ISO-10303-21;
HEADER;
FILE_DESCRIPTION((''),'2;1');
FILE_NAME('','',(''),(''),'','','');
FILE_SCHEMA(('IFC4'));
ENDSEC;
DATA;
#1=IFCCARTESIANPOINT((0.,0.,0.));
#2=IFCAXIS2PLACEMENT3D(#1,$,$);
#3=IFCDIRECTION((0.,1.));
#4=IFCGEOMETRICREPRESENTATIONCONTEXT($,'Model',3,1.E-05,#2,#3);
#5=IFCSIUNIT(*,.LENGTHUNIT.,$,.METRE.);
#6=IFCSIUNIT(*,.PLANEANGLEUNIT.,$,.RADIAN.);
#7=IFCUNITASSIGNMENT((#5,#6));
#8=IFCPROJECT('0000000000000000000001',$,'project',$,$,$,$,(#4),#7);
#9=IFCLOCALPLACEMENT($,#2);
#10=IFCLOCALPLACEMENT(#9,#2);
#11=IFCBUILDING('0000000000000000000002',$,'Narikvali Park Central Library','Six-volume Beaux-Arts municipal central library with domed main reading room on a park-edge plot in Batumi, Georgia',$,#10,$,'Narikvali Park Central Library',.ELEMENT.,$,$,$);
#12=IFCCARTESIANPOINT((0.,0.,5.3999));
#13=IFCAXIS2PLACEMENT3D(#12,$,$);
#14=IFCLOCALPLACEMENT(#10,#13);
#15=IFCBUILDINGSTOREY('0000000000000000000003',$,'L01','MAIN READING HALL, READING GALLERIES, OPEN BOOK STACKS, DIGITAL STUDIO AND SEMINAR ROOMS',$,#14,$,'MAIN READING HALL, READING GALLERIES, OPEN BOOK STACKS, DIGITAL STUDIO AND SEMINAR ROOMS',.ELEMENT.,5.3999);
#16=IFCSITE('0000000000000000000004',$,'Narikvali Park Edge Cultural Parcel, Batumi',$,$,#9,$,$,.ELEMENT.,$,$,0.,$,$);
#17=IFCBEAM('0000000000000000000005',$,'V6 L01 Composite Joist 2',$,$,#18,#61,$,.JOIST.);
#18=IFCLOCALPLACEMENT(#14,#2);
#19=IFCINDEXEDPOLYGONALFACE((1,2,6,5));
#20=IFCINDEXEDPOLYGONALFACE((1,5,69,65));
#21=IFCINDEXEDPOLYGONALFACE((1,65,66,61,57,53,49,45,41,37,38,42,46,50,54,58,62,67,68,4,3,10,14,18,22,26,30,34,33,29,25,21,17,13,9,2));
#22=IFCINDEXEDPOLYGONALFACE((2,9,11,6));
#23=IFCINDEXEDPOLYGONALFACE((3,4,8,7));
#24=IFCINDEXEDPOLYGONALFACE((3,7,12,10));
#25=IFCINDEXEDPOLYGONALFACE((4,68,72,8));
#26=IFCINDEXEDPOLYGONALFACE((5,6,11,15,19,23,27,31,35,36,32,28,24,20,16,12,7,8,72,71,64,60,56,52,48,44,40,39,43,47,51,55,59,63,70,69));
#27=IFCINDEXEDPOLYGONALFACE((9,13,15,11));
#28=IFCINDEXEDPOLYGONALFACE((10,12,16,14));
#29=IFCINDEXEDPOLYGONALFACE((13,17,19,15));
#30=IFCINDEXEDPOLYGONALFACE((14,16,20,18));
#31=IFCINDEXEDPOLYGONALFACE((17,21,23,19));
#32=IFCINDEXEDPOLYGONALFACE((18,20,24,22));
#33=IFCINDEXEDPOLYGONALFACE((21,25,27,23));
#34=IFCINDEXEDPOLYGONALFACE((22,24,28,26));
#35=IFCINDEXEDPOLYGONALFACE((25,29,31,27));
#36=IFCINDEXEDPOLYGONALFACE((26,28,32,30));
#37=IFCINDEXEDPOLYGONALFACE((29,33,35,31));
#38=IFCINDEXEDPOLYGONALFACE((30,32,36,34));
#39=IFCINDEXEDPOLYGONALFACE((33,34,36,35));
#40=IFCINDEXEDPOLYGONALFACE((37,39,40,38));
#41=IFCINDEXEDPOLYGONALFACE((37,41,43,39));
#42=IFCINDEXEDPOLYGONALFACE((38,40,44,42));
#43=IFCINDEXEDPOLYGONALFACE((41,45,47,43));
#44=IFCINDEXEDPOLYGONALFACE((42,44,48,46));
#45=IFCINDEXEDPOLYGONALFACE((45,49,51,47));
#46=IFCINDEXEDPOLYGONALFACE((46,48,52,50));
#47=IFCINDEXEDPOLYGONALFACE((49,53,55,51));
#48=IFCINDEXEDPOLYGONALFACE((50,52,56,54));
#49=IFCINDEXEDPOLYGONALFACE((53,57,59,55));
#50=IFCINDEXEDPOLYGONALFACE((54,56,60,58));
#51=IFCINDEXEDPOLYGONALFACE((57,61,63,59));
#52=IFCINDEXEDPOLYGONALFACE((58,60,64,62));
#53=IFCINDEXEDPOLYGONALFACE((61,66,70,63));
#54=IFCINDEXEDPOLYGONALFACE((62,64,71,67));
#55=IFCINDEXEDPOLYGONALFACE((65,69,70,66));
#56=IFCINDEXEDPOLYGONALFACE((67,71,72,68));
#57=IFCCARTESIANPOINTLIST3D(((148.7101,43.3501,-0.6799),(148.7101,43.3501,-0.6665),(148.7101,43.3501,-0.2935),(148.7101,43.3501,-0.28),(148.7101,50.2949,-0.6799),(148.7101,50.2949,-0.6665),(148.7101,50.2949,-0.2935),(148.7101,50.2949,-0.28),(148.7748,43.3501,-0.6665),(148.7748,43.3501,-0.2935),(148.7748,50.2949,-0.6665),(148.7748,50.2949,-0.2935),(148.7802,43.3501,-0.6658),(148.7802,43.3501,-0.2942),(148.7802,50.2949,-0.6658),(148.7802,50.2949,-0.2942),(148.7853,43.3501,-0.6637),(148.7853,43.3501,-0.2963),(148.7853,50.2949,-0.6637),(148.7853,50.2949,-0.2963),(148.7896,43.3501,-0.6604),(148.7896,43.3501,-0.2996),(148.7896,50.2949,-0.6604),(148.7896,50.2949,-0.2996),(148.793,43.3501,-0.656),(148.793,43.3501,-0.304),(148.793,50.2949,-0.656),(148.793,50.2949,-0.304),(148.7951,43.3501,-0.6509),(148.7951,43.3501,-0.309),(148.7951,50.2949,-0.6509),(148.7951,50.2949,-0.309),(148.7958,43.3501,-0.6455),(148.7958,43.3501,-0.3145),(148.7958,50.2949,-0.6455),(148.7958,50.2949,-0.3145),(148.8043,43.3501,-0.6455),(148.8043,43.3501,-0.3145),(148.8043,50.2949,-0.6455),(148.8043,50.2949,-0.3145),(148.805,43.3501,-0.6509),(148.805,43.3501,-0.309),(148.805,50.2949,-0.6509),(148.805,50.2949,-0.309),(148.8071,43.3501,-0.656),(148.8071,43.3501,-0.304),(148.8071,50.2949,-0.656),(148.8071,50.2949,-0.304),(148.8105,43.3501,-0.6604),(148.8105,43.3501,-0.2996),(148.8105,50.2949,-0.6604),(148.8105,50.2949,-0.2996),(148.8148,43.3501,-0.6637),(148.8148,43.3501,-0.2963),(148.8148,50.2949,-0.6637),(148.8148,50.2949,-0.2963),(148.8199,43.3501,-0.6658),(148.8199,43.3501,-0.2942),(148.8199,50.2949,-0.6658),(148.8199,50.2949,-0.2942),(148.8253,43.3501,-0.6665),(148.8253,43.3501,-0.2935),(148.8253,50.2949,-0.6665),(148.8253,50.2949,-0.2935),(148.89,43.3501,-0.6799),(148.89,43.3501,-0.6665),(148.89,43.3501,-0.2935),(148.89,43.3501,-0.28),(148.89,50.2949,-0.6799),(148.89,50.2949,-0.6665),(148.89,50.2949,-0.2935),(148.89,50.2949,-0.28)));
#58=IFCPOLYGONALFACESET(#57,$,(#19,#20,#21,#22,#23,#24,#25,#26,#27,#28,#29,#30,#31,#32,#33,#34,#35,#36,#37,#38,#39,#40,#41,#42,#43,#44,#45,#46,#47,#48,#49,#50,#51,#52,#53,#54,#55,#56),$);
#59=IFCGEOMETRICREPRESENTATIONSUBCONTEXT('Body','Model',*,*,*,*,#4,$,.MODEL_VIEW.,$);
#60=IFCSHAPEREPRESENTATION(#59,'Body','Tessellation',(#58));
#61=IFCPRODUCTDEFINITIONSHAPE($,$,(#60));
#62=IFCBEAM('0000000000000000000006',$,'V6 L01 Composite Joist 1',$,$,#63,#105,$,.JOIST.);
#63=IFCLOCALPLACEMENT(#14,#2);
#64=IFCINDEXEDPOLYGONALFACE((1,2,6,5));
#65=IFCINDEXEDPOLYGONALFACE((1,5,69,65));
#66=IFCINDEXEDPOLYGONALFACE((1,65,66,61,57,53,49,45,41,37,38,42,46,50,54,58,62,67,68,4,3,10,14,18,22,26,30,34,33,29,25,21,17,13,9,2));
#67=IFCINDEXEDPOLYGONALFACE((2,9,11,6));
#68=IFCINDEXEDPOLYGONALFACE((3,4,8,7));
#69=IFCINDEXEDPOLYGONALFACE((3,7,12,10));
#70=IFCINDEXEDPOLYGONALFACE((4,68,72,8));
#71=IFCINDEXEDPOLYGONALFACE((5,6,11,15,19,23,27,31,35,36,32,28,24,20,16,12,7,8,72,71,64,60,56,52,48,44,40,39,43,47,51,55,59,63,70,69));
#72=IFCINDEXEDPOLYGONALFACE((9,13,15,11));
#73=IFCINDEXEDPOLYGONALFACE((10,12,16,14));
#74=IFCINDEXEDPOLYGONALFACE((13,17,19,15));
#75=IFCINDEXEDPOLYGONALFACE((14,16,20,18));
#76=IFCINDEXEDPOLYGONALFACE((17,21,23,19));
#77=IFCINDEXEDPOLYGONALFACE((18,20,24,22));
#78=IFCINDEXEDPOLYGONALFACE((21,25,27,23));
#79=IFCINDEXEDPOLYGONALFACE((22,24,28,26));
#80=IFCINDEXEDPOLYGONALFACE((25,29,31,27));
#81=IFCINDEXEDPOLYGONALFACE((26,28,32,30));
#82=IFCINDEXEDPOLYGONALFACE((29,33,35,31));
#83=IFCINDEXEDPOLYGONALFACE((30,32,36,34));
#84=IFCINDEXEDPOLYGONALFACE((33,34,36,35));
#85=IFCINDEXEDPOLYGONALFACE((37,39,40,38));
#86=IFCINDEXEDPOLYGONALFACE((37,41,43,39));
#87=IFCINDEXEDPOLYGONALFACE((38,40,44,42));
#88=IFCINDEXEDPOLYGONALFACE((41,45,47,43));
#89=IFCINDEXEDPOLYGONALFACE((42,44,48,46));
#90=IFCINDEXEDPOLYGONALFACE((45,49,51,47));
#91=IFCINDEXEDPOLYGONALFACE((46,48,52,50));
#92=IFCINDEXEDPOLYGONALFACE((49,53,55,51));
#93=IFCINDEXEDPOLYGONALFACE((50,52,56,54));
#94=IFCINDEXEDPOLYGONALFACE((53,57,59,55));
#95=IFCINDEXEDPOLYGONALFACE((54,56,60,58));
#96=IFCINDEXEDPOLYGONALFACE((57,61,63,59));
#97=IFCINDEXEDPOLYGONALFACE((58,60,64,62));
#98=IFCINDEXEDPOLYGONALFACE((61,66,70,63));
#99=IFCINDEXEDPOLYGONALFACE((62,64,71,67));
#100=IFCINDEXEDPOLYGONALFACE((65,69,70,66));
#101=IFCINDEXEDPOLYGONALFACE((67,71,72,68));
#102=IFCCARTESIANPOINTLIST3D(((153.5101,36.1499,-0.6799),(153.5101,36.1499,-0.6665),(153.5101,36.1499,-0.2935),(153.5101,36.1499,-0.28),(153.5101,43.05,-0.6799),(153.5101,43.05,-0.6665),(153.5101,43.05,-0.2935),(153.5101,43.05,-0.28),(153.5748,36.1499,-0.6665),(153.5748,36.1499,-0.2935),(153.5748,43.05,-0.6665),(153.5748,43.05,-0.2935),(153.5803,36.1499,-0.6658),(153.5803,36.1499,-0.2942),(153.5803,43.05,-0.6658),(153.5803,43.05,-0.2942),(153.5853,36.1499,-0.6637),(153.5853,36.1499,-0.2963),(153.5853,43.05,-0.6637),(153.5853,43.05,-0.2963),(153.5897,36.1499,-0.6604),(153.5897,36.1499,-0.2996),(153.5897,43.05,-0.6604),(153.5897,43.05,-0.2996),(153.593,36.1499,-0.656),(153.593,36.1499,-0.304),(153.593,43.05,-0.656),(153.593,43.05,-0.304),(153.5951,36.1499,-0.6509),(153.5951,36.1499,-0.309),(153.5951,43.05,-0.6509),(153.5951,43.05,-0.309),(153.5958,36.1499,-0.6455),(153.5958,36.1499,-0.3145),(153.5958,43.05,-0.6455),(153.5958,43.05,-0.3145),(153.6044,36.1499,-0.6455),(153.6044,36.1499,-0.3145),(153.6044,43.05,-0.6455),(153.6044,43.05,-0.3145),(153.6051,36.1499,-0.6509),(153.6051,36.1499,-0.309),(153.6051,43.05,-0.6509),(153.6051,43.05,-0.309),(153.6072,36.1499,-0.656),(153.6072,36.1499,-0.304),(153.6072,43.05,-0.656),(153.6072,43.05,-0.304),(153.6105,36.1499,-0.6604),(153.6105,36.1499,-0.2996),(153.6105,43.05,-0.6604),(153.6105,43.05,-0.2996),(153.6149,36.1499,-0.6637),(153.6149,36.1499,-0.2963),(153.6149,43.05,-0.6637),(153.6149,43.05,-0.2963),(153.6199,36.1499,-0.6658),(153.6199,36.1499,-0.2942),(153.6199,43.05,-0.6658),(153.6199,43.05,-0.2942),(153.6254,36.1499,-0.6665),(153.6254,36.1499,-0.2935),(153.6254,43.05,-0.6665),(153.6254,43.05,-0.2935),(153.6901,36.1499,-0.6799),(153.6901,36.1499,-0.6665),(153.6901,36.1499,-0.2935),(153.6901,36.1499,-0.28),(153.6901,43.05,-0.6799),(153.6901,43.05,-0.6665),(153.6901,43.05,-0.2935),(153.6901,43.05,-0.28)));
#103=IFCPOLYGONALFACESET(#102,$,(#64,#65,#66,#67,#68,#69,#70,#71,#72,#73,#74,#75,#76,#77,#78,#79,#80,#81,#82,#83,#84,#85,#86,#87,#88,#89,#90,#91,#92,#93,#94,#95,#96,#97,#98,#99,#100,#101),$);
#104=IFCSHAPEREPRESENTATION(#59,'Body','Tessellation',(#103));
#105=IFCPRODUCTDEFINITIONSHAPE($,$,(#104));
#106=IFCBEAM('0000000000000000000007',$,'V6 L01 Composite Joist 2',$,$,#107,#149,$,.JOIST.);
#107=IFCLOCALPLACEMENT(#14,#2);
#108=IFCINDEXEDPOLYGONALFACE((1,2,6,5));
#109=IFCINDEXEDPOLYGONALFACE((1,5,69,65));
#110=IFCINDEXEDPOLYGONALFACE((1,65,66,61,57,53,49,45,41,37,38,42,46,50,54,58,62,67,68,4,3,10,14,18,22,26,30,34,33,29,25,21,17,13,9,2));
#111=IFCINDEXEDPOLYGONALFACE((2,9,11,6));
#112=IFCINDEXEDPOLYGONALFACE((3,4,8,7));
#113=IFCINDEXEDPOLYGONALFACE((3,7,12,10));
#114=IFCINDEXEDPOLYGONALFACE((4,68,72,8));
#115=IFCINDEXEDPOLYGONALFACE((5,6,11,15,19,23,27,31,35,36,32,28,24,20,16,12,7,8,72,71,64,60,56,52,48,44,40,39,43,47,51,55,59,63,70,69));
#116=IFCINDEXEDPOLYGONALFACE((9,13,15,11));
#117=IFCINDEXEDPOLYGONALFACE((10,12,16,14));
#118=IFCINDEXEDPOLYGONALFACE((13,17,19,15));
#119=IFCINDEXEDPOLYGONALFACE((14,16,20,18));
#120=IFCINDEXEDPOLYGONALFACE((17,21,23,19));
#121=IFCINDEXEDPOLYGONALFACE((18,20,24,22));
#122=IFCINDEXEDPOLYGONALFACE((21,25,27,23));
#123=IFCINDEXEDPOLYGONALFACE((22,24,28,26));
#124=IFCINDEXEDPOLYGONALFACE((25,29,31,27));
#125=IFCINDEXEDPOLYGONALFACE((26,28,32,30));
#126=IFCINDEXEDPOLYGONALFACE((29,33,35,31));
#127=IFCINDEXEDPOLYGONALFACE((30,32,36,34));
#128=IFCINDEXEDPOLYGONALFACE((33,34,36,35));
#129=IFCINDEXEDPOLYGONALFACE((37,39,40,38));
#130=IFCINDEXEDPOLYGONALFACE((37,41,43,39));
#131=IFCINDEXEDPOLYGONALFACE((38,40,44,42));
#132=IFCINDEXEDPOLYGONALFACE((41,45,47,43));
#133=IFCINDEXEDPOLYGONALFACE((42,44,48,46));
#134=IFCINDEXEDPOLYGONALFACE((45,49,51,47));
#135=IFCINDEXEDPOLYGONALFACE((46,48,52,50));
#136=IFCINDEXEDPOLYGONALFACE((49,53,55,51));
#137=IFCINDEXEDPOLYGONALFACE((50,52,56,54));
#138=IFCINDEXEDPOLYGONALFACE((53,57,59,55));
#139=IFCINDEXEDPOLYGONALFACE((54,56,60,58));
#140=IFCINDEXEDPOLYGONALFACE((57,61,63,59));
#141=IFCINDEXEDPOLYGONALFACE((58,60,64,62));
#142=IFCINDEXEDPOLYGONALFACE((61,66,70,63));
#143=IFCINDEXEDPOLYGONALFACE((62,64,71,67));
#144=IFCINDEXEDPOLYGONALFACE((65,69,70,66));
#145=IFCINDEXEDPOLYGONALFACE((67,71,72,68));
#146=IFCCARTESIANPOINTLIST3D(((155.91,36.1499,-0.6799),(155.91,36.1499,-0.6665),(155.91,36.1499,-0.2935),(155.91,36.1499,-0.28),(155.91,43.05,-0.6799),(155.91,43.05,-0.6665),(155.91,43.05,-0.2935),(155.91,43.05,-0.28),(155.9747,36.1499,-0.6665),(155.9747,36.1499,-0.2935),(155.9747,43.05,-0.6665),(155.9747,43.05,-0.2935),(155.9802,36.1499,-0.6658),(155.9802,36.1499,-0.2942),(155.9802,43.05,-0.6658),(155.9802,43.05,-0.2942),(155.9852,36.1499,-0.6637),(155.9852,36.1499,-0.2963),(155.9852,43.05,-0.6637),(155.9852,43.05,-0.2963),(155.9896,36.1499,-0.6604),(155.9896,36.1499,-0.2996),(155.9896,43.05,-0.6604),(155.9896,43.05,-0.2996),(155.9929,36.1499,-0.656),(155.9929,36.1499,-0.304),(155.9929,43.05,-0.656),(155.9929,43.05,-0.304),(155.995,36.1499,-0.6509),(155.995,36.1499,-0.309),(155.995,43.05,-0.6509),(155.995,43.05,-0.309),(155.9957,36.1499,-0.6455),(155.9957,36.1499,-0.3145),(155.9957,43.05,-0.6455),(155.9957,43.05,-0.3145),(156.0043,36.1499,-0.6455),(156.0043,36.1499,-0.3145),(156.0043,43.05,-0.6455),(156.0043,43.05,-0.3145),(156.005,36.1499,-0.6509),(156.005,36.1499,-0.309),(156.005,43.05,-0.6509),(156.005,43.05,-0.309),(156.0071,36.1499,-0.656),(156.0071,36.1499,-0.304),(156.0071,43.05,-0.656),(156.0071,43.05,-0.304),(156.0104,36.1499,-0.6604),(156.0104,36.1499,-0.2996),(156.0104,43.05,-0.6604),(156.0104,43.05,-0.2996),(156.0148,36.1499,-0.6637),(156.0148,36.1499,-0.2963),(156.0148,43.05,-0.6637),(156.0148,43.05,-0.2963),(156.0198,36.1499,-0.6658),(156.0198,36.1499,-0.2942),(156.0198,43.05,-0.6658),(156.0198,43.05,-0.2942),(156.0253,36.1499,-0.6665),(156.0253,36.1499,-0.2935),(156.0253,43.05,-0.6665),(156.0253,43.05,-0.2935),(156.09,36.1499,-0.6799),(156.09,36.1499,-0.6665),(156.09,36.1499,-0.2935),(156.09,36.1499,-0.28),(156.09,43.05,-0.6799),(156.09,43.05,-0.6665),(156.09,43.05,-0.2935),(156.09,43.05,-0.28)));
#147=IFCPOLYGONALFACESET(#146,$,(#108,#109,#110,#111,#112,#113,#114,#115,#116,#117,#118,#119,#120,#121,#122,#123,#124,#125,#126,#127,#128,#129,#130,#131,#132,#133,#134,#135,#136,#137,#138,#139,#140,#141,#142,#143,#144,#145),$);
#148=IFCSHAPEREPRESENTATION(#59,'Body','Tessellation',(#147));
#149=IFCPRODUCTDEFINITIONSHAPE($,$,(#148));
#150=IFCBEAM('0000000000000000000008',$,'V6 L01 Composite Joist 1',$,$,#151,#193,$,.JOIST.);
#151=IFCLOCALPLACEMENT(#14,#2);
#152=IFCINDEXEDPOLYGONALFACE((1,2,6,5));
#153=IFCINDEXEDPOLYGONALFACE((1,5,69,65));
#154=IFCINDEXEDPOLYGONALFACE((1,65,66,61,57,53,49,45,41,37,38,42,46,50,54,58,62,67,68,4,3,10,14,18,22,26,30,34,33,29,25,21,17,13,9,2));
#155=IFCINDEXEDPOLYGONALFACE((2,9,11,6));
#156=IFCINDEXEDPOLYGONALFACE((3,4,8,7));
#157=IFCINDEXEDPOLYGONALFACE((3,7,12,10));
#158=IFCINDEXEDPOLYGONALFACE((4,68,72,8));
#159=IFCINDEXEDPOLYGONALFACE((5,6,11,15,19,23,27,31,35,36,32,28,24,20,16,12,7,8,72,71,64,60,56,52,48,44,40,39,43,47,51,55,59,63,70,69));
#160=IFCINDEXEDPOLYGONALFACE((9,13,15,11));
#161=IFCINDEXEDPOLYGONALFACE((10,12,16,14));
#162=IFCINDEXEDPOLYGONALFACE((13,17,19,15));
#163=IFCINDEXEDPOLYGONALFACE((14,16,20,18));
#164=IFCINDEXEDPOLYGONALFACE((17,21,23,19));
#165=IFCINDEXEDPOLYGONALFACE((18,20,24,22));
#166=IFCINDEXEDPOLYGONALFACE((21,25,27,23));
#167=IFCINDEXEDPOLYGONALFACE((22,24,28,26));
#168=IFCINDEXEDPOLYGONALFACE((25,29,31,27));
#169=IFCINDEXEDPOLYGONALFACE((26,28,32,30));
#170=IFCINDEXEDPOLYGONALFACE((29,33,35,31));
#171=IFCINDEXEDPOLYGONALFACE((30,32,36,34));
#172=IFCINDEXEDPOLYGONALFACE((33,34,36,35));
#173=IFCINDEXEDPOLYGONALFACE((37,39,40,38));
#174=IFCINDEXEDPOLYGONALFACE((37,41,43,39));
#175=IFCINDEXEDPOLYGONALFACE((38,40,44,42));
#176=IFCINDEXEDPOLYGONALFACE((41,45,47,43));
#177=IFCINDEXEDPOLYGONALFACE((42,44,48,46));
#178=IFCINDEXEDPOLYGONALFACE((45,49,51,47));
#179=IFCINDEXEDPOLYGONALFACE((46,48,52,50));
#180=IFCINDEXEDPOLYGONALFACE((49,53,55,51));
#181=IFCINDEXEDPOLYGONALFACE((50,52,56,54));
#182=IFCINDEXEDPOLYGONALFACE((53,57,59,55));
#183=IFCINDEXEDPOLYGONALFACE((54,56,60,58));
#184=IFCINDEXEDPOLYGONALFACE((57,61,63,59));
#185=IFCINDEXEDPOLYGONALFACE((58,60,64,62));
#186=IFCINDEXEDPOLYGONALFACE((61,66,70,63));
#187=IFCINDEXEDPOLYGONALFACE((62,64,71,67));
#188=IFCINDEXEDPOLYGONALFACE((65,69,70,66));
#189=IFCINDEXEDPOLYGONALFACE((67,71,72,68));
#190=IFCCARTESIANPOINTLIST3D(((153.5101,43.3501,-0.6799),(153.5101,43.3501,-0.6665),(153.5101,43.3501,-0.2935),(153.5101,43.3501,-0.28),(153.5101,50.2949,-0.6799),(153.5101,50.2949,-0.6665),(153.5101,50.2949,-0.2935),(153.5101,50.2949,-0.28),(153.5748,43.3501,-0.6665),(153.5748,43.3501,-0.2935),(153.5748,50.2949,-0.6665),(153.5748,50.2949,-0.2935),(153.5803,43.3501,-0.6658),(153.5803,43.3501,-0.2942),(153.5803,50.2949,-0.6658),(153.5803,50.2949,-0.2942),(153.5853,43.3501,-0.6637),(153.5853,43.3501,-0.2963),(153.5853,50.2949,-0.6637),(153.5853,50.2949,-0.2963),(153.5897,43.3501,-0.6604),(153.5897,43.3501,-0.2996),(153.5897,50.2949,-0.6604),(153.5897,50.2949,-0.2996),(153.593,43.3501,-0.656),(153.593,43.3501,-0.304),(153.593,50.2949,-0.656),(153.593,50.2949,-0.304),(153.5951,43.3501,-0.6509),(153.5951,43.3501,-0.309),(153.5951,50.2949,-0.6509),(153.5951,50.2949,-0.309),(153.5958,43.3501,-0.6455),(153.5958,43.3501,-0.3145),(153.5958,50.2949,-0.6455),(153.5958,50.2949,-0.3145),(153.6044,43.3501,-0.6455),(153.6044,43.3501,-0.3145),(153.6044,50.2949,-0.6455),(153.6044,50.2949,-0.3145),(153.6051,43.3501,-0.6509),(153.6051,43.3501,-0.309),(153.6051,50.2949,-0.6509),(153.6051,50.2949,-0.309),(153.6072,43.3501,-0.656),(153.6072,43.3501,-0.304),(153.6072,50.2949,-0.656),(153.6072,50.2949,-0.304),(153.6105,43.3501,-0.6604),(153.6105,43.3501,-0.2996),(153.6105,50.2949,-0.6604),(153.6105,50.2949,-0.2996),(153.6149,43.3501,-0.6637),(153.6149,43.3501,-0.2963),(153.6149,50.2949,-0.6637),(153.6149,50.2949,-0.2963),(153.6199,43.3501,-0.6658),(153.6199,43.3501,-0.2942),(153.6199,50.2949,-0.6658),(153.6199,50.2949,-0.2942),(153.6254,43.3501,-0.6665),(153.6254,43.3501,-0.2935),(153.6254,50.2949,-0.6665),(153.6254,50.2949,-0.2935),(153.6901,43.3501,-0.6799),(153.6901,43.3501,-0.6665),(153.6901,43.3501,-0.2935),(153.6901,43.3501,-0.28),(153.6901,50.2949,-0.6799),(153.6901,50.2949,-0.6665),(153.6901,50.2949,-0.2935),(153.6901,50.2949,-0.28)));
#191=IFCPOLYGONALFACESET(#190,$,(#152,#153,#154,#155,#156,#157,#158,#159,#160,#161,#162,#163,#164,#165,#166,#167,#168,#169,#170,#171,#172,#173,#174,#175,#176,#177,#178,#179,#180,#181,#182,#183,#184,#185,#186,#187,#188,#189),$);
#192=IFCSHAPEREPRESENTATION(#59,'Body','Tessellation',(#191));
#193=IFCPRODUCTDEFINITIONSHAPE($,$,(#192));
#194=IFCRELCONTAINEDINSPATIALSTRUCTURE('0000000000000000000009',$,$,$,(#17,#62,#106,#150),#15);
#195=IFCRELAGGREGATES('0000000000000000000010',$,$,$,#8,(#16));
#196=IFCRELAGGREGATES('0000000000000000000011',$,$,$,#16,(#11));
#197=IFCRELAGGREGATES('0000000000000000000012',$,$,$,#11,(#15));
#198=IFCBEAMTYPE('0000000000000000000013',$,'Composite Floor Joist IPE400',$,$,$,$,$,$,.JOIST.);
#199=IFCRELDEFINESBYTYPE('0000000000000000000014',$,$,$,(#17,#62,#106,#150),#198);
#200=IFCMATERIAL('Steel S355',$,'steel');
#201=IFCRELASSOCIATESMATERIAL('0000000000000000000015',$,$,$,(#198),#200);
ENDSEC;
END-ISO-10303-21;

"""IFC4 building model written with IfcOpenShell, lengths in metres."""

from ifc_helpers import new_model, si_unit, direction, frame, origin, origin_2d, place, context, subcontext, project, spatial, i_section, extrude, material, material_profile, profile_set, type_object, element, save


model = new_model("IFC4")

# Units and contexts
model_context = context("Model", 3, precision=1e-05, world=origin(), true_north=direction((0.0, 1.0)))
body_context = subcontext(model_context, "Body", "Model", "MODEL_VIEW")
ifc_project = project(units=[si_unit("LENGTHUNIT", "METRE"), si_unit("PLANEANGLEUNIT", "RADIAN")], contexts=[model_context])

# Site, building, storey
site_placement = place(None, origin())
site = spatial("IfcSite", under=ifc_project, at=site_placement, Name="Narikvali Park Edge Cultural Parcel, Batumi", CompositionType="ELEMENT", RefElevation=0.0)
building_placement = place(site_placement, origin())
building = spatial("IfcBuilding", under=site, at=building_placement, Name="Narikvali Park Central Library", Description="Six-volume Beaux-Arts municipal central library with domed main reading room on a park-edge plot in Batumi, Georgia", LongName="Narikvali Park Central Library", CompositionType="ELEMENT")
storey_placement = place(building_placement, frame((0.0, 0.0, 5.3999)))
storey = spatial("IfcBuildingStorey", under=building, at=storey_placement, Name="L01", Description="MAIN READING HALL, READING GALLERIES, OPEN BOOK STACKS, DIGITAL STUDIO AND SEMINAR ROOMS", LongName="MAIN READING HALL, READING GALLERIES, OPEN BOOK STACKS, DIGITAL STUDIO AND SEMINAR ROOMS", CompositionType="ELEMENT", Elevation=5.3999)

# Shared definitions
ifc_material_1 = material(Name="Steel S355", Category="steel")

# Beams
ifc_material_profile_1 = material_profile(ifc_material_1, i_section(OverallWidth=0.1799, OverallDepth=0.3999, WebThickness=0.0085, FlangeThickness=0.0134, FilletRadius=0.021, at=origin_2d()), Name="IPE 400")
ifc_profile_set_1 = profile_set([ifc_material_profile_1], Name="Steel S355")
beam_type_1 = type_object("IfcBeamType", Name="Composite Floor Joist IPE400", PredefinedType="JOIST", material=ifc_profile_set_1)
for number, where, z_axis, x_axis, name in (
    (1, (148.8, 43.3501, -0.48), (0.0, 1.0, 0.0), (-1.0, 0.0, 0.0), "V6 L01 Composite Joist 2"),
):
    element("IfcBeam", number, at=place(storey_placement, frame(where, z_axis=z_axis, x_axis=x_axis)), inside=storey, type_object=beam_type_1, Name=name, PredefinedType="JOIST", context=body_context, shape_type="SweptSolid", body=[
        extrude(i_section(OverallWidth=0.1799, OverallDepth=0.3999, WebThickness=0.0085, FlangeThickness=0.0134, FilletRadius=0.021, at=origin_2d()), origin(), (0.0, 0.0, 1.0), 6.9448),
    ])
for number, where, z_axis, x_axis, name in (
    (2, (153.6001, 36.1499, -0.48), (0.0, 1.0, 0.0), (-1.0, 0.0, 0.0), "V6 L01 Composite Joist 1"),
    (3, (156.0, 36.1499, -0.48), (0.0, 1.0, 0.0), (-1.0, 0.0, 0.0), "V6 L01 Composite Joist 2"),
):
    element("IfcBeam", number, at=place(storey_placement, frame(where, z_axis=z_axis, x_axis=x_axis)), inside=storey, type_object=beam_type_1, Name=name, PredefinedType="JOIST", context=body_context, shape_type="SweptSolid", body=[
        extrude(i_section(OverallWidth=0.1799, OverallDepth=0.3999, WebThickness=0.0085, FlangeThickness=0.0134, FilletRadius=0.021, at=origin_2d()), origin(), (0.0, 0.0, 1.0), 6.9001),
    ])
for number, where, z_axis, x_axis, name in (
    (4, (153.6001, 43.3501, -0.48), (0.0, 1.0, 0.0), (-1.0, 0.0, 0.0), "V6 L01 Composite Joist 1"),
):
    element("IfcBeam", number, at=place(storey_placement, frame(where, z_axis=z_axis, x_axis=x_axis)), inside=storey, type_object=beam_type_1, Name=name, PredefinedType="JOIST", context=body_context, shape_type="SweptSolid", body=[
        extrude(i_section(OverallWidth=0.1799, OverallDepth=0.3999, WebThickness=0.0085, FlangeThickness=0.0134, FilletRadius=0.021, at=origin_2d()), origin(), (0.0, 0.0, 1.0), 6.9448),
    ])

save(model, "model.ifc")
